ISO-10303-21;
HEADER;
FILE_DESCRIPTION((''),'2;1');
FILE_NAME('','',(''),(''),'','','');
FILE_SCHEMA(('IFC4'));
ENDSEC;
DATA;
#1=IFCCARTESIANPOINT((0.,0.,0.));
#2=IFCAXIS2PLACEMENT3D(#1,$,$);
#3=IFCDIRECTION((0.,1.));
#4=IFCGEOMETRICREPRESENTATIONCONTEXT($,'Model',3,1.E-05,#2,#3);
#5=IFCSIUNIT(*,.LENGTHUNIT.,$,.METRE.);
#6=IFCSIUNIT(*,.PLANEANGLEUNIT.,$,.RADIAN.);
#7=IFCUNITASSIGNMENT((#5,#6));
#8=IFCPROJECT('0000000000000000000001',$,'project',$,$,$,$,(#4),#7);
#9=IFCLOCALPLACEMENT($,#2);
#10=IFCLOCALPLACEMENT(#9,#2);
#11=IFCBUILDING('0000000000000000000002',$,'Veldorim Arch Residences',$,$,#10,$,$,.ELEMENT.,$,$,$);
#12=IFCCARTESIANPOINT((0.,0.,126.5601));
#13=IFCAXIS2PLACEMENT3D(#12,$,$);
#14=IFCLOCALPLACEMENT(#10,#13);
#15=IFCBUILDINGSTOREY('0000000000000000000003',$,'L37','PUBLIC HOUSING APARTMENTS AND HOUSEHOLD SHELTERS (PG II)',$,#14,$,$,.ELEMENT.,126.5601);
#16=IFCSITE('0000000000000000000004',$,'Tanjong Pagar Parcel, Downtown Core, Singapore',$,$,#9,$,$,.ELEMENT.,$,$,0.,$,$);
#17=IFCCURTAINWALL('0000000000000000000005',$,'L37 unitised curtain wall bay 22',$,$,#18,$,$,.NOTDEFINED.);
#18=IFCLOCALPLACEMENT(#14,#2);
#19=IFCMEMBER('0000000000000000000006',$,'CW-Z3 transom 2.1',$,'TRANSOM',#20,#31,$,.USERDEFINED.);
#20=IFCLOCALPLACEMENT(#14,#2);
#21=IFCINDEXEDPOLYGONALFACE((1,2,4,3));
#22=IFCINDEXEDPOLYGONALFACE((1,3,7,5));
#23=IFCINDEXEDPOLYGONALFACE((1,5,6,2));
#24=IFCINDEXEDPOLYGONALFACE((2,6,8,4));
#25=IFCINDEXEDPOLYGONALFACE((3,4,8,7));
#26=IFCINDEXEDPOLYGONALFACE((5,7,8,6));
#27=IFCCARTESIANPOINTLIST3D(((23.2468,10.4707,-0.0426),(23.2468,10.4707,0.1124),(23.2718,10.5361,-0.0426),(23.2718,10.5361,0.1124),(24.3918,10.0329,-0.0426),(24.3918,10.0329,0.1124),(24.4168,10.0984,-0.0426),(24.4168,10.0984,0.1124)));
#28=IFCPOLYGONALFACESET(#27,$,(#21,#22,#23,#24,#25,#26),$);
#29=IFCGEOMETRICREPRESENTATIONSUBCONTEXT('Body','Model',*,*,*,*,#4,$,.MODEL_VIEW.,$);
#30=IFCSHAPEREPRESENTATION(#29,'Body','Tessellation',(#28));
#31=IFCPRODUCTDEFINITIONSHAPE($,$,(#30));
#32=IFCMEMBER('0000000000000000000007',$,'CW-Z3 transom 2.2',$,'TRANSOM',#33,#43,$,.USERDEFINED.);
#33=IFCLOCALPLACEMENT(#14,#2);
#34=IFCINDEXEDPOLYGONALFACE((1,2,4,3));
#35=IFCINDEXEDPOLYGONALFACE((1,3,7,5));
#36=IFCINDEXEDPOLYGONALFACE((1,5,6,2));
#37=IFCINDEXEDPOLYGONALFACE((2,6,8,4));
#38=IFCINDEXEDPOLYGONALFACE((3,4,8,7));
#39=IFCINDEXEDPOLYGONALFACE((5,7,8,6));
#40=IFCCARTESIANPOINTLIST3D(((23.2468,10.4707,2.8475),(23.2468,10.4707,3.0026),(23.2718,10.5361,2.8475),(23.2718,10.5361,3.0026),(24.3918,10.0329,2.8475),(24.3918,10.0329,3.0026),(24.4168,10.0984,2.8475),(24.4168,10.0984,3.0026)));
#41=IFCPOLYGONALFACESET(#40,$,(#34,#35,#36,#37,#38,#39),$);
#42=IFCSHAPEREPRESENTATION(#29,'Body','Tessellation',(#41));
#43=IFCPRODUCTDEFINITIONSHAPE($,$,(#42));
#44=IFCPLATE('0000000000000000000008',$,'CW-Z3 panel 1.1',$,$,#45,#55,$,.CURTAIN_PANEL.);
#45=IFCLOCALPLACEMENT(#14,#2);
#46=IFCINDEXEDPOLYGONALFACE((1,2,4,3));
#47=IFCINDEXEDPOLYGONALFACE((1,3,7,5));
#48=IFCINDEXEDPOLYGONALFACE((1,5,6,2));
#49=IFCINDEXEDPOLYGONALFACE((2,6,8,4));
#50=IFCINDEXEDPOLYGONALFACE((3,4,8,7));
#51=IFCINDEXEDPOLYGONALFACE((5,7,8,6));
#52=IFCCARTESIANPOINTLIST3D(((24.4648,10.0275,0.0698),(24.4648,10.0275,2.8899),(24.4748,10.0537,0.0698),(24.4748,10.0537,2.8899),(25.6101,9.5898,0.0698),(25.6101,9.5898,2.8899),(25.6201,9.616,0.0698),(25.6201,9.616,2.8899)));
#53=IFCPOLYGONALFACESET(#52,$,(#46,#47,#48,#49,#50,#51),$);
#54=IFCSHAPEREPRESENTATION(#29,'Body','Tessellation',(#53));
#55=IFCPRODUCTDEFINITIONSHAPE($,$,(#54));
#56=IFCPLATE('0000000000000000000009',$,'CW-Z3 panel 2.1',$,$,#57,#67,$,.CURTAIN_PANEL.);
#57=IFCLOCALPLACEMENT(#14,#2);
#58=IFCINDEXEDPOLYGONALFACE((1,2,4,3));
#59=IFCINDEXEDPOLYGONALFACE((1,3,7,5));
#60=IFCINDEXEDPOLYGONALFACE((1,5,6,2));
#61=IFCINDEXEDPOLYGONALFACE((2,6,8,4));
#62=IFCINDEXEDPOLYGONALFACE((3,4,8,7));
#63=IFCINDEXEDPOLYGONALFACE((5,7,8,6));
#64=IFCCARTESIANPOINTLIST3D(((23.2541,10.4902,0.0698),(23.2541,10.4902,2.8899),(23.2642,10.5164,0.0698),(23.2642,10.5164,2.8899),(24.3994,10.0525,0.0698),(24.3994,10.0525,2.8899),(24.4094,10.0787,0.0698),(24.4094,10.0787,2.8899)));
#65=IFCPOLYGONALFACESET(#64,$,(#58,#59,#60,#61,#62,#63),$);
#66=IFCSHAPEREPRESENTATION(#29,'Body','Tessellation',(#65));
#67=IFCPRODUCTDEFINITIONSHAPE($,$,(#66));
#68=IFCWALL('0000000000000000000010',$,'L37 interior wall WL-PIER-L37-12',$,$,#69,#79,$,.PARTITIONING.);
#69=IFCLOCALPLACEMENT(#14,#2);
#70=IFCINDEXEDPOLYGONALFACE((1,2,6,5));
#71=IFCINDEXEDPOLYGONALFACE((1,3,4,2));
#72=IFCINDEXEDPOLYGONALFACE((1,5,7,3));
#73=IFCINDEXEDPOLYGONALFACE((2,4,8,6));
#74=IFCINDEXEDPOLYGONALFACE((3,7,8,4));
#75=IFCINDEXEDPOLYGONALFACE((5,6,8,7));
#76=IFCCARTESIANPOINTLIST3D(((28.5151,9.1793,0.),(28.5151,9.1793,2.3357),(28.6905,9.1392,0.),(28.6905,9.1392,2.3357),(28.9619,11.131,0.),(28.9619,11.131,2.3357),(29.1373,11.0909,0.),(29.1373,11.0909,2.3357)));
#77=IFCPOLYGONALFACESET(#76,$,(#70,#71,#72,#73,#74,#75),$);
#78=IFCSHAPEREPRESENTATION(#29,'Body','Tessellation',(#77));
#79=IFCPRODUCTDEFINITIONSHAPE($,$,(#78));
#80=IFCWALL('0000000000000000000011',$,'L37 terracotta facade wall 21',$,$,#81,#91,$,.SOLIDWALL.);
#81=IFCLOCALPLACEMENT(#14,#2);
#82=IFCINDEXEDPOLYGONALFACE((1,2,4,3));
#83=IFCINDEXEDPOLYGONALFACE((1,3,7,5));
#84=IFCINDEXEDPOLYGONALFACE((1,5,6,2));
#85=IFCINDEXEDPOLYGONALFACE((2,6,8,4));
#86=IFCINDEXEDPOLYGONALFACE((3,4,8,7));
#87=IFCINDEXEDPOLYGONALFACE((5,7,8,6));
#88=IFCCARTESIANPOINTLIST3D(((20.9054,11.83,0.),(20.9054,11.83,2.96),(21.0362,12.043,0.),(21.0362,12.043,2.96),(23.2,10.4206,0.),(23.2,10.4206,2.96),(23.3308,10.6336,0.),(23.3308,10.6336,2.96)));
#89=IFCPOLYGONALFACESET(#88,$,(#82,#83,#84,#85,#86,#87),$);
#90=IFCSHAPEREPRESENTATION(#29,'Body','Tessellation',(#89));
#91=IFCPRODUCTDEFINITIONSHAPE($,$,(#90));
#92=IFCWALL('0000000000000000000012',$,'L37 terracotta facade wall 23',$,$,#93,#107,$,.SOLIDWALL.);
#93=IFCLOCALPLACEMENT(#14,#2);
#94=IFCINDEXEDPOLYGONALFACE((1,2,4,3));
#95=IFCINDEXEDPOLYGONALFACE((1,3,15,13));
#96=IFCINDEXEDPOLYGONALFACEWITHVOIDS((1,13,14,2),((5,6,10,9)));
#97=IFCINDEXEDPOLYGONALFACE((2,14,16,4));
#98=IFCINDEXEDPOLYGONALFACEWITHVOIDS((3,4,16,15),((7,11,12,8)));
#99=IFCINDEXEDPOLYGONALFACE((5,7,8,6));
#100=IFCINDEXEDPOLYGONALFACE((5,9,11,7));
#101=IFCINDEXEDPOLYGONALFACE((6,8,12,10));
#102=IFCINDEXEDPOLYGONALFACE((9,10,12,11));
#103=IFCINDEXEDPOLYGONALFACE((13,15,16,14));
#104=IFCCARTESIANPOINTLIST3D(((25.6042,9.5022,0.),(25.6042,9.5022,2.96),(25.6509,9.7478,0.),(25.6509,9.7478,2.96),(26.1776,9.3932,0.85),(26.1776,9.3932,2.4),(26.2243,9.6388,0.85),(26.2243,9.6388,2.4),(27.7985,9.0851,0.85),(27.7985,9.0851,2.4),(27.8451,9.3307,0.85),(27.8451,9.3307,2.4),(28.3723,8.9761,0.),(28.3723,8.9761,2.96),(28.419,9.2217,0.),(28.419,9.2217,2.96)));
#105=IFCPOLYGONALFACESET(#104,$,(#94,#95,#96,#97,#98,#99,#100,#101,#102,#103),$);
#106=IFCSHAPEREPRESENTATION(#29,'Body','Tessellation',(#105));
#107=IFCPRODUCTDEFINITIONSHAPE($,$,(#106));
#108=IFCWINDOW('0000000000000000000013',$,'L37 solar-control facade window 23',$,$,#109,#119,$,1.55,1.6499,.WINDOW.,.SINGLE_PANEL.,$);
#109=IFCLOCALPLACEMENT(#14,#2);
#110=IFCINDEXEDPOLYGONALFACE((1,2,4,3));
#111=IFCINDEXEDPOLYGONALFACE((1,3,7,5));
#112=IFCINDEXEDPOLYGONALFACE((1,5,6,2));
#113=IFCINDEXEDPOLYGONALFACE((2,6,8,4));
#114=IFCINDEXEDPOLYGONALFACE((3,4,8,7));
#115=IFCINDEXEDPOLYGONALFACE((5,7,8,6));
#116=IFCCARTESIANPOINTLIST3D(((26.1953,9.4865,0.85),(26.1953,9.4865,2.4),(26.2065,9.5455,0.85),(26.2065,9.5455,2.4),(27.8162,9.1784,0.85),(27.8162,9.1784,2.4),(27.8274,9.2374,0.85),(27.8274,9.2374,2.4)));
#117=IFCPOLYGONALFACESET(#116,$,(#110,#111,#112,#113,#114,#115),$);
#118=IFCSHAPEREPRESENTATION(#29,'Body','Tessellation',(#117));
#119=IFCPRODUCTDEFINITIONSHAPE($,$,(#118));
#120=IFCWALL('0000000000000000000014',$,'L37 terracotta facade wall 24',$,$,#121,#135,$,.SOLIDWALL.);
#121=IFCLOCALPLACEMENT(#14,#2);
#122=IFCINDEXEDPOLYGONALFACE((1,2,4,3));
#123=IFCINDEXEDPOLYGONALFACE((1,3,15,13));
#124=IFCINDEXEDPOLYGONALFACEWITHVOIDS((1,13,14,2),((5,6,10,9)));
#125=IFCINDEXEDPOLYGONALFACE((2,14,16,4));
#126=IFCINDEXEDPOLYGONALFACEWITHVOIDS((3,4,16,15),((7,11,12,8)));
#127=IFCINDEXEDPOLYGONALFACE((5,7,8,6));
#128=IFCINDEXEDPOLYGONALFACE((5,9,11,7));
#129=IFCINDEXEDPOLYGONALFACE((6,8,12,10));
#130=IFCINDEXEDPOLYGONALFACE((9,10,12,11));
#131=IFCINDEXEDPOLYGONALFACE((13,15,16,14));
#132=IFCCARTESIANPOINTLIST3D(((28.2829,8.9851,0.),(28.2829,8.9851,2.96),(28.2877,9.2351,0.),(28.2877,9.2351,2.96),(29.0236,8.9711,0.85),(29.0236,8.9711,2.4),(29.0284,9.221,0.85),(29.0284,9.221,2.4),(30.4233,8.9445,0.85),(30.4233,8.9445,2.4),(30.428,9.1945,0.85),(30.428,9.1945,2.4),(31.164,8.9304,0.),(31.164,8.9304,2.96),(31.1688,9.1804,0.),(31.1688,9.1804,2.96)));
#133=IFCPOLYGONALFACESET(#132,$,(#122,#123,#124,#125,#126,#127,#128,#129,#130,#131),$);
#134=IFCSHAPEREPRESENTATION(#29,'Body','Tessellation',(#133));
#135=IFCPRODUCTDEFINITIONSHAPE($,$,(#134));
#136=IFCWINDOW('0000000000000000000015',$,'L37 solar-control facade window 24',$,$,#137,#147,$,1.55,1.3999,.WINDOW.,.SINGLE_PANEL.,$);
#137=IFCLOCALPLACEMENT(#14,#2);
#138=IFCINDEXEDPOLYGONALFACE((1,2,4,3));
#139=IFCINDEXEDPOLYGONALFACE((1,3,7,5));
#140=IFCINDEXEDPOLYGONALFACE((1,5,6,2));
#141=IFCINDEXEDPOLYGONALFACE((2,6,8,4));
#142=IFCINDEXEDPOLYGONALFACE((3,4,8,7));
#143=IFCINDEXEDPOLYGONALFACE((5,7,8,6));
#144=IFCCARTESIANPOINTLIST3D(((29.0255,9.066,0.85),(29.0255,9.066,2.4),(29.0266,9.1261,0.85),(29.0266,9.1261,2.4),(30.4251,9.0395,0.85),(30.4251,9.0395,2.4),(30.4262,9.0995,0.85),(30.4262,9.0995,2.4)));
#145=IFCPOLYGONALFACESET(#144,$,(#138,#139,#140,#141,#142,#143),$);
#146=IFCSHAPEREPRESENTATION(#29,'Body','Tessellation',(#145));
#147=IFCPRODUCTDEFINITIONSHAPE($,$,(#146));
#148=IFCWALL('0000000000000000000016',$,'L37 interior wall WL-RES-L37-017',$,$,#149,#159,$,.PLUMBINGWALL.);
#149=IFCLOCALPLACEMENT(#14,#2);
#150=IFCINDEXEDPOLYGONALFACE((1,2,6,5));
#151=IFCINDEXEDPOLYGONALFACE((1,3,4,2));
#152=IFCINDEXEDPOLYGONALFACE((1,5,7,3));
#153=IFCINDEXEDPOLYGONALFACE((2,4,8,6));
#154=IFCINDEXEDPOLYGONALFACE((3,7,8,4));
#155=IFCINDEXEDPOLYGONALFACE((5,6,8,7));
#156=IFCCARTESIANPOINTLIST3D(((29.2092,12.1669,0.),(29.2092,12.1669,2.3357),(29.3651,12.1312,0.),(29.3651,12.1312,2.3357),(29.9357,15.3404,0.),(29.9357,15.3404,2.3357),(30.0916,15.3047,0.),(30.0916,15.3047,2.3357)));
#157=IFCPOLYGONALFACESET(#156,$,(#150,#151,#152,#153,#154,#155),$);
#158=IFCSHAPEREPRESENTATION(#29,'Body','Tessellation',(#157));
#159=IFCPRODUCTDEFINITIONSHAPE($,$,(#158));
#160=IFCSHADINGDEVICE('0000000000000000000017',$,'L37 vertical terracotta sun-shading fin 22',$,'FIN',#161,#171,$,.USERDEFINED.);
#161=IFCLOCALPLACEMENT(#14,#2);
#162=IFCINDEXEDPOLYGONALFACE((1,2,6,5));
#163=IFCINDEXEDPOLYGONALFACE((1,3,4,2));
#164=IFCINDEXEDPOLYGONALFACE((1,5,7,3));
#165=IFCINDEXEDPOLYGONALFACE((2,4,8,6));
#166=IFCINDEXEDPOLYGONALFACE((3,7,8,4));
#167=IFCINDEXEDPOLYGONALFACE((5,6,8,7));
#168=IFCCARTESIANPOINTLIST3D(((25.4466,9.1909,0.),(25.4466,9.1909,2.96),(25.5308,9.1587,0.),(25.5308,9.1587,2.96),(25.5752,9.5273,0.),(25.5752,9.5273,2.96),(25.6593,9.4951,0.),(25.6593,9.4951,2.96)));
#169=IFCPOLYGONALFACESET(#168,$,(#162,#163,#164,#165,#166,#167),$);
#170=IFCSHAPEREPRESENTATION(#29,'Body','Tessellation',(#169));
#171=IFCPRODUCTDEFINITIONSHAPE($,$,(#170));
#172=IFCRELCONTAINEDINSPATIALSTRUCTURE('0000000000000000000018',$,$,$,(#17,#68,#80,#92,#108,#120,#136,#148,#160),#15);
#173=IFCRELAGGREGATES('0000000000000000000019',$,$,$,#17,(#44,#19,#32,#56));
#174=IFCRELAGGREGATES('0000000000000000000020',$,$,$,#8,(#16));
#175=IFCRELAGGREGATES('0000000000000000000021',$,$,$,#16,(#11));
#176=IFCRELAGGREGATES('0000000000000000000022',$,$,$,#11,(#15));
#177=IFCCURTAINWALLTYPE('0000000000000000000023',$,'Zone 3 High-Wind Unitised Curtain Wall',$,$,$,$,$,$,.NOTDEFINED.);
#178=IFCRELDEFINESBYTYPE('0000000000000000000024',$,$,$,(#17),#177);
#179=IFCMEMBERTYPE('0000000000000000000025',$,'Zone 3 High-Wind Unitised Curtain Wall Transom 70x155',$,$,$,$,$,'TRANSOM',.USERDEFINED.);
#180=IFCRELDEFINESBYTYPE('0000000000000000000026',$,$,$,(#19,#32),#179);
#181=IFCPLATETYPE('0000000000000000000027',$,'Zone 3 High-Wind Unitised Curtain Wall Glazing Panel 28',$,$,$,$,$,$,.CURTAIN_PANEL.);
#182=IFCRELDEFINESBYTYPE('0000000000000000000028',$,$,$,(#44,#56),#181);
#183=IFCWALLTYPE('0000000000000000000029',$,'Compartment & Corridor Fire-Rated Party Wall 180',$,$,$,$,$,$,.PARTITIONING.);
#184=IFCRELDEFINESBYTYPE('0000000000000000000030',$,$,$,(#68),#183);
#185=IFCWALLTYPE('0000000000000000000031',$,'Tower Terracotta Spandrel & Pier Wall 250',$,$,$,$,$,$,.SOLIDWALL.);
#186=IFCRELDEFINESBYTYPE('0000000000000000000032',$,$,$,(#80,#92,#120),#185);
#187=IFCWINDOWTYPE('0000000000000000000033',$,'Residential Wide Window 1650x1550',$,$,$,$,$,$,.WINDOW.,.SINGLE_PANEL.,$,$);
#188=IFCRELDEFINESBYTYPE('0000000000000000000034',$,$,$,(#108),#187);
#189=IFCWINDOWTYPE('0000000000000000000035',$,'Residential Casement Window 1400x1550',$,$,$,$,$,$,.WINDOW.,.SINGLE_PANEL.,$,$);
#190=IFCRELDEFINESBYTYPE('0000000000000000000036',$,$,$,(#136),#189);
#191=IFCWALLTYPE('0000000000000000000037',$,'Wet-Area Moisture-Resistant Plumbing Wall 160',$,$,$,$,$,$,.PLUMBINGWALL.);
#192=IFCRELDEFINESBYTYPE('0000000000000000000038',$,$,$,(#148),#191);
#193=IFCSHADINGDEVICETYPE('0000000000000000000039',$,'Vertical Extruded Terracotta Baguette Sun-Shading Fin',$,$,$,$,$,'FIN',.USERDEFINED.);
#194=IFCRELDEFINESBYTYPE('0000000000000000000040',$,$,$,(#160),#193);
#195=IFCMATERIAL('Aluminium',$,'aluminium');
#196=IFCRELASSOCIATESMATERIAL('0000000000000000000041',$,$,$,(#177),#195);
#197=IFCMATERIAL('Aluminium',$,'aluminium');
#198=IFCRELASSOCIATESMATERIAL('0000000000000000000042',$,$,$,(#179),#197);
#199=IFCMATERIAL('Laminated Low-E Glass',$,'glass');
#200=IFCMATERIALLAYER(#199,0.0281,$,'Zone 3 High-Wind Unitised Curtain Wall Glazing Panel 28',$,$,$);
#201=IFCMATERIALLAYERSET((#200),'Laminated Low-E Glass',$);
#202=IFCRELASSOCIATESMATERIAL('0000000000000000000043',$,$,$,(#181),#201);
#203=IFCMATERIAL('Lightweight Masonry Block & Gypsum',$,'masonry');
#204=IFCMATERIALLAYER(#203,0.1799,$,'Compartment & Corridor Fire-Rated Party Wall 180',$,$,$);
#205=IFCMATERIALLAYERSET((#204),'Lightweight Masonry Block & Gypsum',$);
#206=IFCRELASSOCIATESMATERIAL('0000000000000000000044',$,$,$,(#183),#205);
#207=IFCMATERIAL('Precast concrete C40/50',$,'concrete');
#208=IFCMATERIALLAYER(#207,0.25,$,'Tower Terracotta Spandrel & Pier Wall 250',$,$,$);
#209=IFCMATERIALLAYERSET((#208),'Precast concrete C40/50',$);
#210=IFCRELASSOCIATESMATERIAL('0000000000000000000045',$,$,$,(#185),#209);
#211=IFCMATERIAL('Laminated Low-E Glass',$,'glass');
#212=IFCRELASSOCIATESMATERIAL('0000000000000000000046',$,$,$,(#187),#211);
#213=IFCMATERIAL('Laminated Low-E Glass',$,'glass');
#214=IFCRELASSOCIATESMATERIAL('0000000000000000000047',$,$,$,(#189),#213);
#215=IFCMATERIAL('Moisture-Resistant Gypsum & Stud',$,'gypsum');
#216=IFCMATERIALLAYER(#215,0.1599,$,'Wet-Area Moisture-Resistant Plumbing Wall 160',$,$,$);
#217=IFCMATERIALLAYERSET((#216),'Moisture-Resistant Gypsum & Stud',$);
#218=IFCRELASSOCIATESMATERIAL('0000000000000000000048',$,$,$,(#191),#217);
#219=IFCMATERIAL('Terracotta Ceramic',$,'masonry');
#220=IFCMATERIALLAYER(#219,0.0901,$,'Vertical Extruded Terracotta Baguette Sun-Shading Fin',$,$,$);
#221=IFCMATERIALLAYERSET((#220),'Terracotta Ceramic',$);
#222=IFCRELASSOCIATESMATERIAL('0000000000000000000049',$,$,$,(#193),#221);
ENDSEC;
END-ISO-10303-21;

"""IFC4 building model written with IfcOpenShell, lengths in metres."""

from ifc_helpers import new_model, si_unit, direction, frame, frame_2d, origin, origin_2d, place, context, subcontext, project, spatial, rectangle, extrude, material, layer, layer_set, material_profile, profile_set, type_object, element, fill, aggregate, save


model = new_model("IFC4")

# Units and contexts
model_context = context("Model", 3, precision=1e-05, world=origin(), true_north=direction((0.0, 1.0)))
body_context = subcontext(model_context, "Body", "Model", "MODEL_VIEW")
ifc_project = project(units=[si_unit("LENGTHUNIT", "METRE"), si_unit("PLANEANGLEUNIT", "RADIAN")], contexts=[model_context])

# Site, building, storey
site_placement = place(None, origin())
site = spatial("IfcSite", under=ifc_project, at=site_placement, Name="Tanjong Pagar Parcel, Downtown Core, Singapore", CompositionType="ELEMENT", RefElevation=0.0)
building_placement = place(site_placement, origin())
building = spatial("IfcBuilding", under=site, at=building_placement, Name="Veldorim Arch Residences", CompositionType="ELEMENT")
storey_placement = place(building_placement, frame((0.0, 0.0, 126.5601)))
storey = spatial("IfcBuildingStorey", under=building, at=storey_placement, Name="L37", Description="PUBLIC HOUSING APARTMENTS AND HOUSEHOLD SHELTERS (PG II)", CompositionType="ELEMENT", Elevation=126.5601)

# Curtain wall, members, plates
ifc_material_1 = material(Name="Aluminium", Category="aluminium")
curtain_wall_type = type_object("IfcCurtainWallType", Name="Zone 3 High-Wind Unitised Curtain Wall", PredefinedType="NOTDEFINED", material=ifc_material_1)
curtain_wall_placement = place(storey_placement, origin())
curtain_wall = element("IfcCurtainWall", 1, at=curtain_wall_placement, inside=storey, type_object=curtain_wall_type, Name="L37 unitised curtain wall bay 22", PredefinedType="NOTDEFINED")
ifc_material_2 = material(Name="Aluminium", Category="aluminium")
ifc_material_profile_1 = material_profile(ifc_material_2, rectangle(XDim=0.0701, YDim=0.155, at=origin_2d()), Name="ALU_TRN_70x155")
ifc_profile_set_1 = profile_set([ifc_material_profile_1], Name="Aluminium")
member_type_1 = type_object("IfcMemberType", Name="Zone 3 High-Wind Unitised Curtain Wall Transom 70x155", ElementType="TRANSOM", PredefinedType="USERDEFINED", material=ifc_profile_set_1)
member_1_placement = place(storey_placement, frame((24.4043, 10.0657, 0.0349), z_axis=(-0.934067, 0.357097, 0.0), x_axis=(-0.357097, -0.934067, 0.0)))
member_1 = element("IfcMember", 2, at=member_1_placement, type_object=member_type_1, Name="CW-Z3 transom 2.1", ObjectType="TRANSOM", PredefinedType="USERDEFINED", context=body_context, shape_type="SweptSolid", body=[
    extrude(rectangle(XDim=0.0701, YDim=0.155, at=origin_2d()), origin(), (0.0, 0.0, 1.0), 1.2258),
])
member_2_placement = place(storey_placement, frame((24.4043, 10.0657, 2.925), z_axis=(-0.934067, 0.357097, 0.0), x_axis=(-0.357097, -0.934067, 0.0)))
member_2 = element("IfcMember", 3, at=member_2_placement, type_object=member_type_1, Name="CW-Z3 transom 2.2", ObjectType="TRANSOM", PredefinedType="USERDEFINED", context=body_context, shape_type="SweptSolid", body=[
    extrude(rectangle(XDim=0.0701, YDim=0.155, at=origin_2d()), origin(), (0.0, 0.0, 1.0), 1.2258),
])
ifc_material_3 = material(Name="Laminated Low-E Glass", Category="glass")
ifc_layer_1 = layer(ifc_material_3, 0.0281, Name="Zone 3 High-Wind Unitised Curtain Wall Glazing Panel 28")
ifc_layer_set_1 = layer_set([ifc_layer_1], Name="Laminated Low-E Glass")
plate_type = type_object("IfcPlateType", Name="Zone 3 High-Wind Unitised Curtain Wall Glazing Panel 28", PredefinedType="CURTAIN_PANEL", material=ifc_layer_set_1)
plate_1_placement = place(storey_placement, frame((25.0425, 9.8218, 0.0698), z_axis=(0.0, 0.0, 1.0), x_axis=(-0.934109, 0.356987, 0.0)))
plate_1 = element("IfcPlate", 4, at=plate_1_placement, type_object=plate_type, Name="CW-Z3 panel 1.1", PredefinedType="CURTAIN_PANEL", context=body_context, shape_type="SweptSolid", body=[
    extrude(rectangle(XDim=1.2261, YDim=0.0281, at=origin_2d()), origin(), (0.0, 0.0, 1.0), 2.8201),
])
plate_2_placement = place(storey_placement, frame((23.8318, 10.2844, 0.0698), z_axis=(0.0, 0.0, 1.0), x_axis=(-0.934109, 0.356987, 0.0)))
plate_2 = element("IfcPlate", 5, at=plate_2_placement, type_object=plate_type, Name="CW-Z3 panel 2.1", PredefinedType="CURTAIN_PANEL", context=body_context, shape_type="SweptSolid", body=[
    extrude(rectangle(XDim=1.2261, YDim=0.0281, at=origin_2d()), origin(), (0.0, 0.0, 1.0), 2.8201),
])
aggregate(curtain_wall, [plate_1, member_1, member_2, plate_2])

# Walls
ifc_material_4 = material(Name="Lightweight Masonry Block & Gypsum", Category="masonry")
ifc_layer_2 = layer(ifc_material_4, 0.1799, Name="Compartment & Corridor Fire-Rated Party Wall 180")
ifc_layer_set_2 = layer_set([ifc_layer_2], Name="Lightweight Masonry Block & Gypsum")
wall_type_1 = type_object("IfcWallType", Name="Compartment & Corridor Fire-Rated Party Wall 180", PredefinedType="PARTITIONING", material=ifc_layer_set_2)
wall_1_placement = place(storey_placement, frame((29.0496, 11.1108, 0.0), z_axis=(0.0, 0.0, 1.0), x_axis=(-0.223149, -0.974784, 0.0)))
element("IfcWall", 6, at=wall_1_placement, inside=storey, type_object=wall_type_1, Name="L37 interior wall WL-PIER-L37-12", PredefinedType="PARTITIONING", context=body_context, shape_type="SweptSolid", body=[
    extrude(rectangle(XDim=2.0022, YDim=0.1799, at=frame_2d((1.001, 0.0))), origin(), (0.0, 0.0, 1.0), 2.3357),
])
ifc_material_5 = material(Name="Precast concrete C40/50", Category="concrete")
ifc_layer_3 = layer(ifc_material_5, 0.25, Name="Tower Terracotta Spandrel & Pier Wall 250")
ifc_layer_set_3 = layer_set([ifc_layer_3], Name="Precast concrete C40/50")
wall_type_2 = type_object("IfcWallType", Name="Tower Terracotta Spandrel & Pier Wall 250", PredefinedType="SOLIDWALL", material=ifc_layer_set_3)
wall_2_placement = place(storey_placement, frame((23.2654, 10.5271, 0.0), z_axis=(0.0, 0.0, 1.0), x_axis=(-0.852103, 0.523374, 0.0)))
element("IfcWall", 7, at=wall_2_placement, inside=storey, type_object=wall_type_2, Name="L37 terracotta facade wall 21", PredefinedType="SOLIDWALL", context=body_context, shape_type="SweptSolid", body=[
    extrude(rectangle(XDim=2.6929, YDim=0.25, at=frame_2d((1.3464, 0.0))), origin(), (0.0, 0.0, 1.0), 2.96),
])

# Walls, openings, windows
wall_3_placement = place(storey_placement, frame((28.3955, 9.0989, 0.0), z_axis=(0.0, 0.0, 1.0), x_axis=(-0.982412, 0.186726, 0.0)))
wall_3 = element("IfcWall", 8, at=wall_3_placement, inside=storey, type_object=wall_type_2, Name="L37 terracotta facade wall 23", PredefinedType="SOLIDWALL", context=body_context, shape_type="SweptSolid", body=[
    extrude(rectangle(XDim=2.8176, YDim=0.25, at=frame_2d((1.4087, 0.0))), origin(), (0.0, 0.0, 1.0), 2.96),
])
opening_1_placement = place(wall_3_placement, frame((0.584, 0.0, 0.8501)))
opening_1 = element("IfcOpeningElement", 9, at=opening_1_placement, cuts=wall_3, PredefinedType="OPENING", context=body_context, shape_type="SweptSolid", body=[
    extrude(rectangle(XDim=1.6499, YDim=1.55, at=frame_2d((0.825, 0.7749))), frame((0.0, 0.135, 0.0), z_axis=(0.0, -1.0, 0.0), x_axis=(1.0, 0.0, 0.0)), (0.0, 0.0, 1.0), 0.27),
])
ifc_material_6 = material(Name="Laminated Low-E Glass", Category="glass")
window_type_1 = type_object("IfcWindowType", Name="Residential Wide Window 1650x1550", PartitioningType="SINGLE_PANEL", PredefinedType="WINDOW", material=ifc_material_6)
window_1_placement = place(opening_1_placement, origin())
window_1 = element("IfcWindow", 10, at=window_1_placement, inside=storey, type_object=window_type_1, Name="L37 solar-control facade window 23", OverallHeight=1.55, OverallWidth=1.6499, PartitioningType="SINGLE_PANEL", PredefinedType="WINDOW", context=body_context, shape_type="SweptSolid", body=[
    extrude(rectangle(XDim=1.6499, YDim=1.55, at=frame_2d((0.825, 0.7749))), frame((0.0, 0.03, 0.0), z_axis=(0.0, -1.0, 0.0), x_axis=(1.0, 0.0, 0.0)), (0.0, 0.0, 1.0), 0.0601),
])
fill(opening_1, window_1)
wall_4_placement = place(storey_placement, frame((31.1665, 9.0554, 0.0), z_axis=(0.0, 0.0, 1.0), x_axis=(-0.99982, 0.018978, 0.0)))
wall_4 = element("IfcWall", 11, at=wall_4_placement, inside=storey, type_object=wall_type_2, Name="L37 terracotta facade wall 24", PredefinedType="SOLIDWALL", context=body_context, shape_type="SweptSolid", body=[
    extrude(rectangle(XDim=2.8816, YDim=0.25, at=frame_2d((1.4409, 0.0))), origin(), (0.0, 0.0, 1.0), 2.96),
])
opening_2_placement = place(wall_4_placement, frame((0.741, 0.0, 0.8501)))
opening_2 = element("IfcOpeningElement", 12, at=opening_2_placement, cuts=wall_4, PredefinedType="OPENING", context=body_context, shape_type="SweptSolid", body=[
    extrude(rectangle(XDim=1.3999, YDim=1.55, at=frame_2d((0.7, 0.7749))), frame((0.0, 0.135, 0.0), z_axis=(0.0, -1.0, 0.0), x_axis=(1.0, 0.0, 0.0)), (0.0, 0.0, 1.0), 0.27),
])
ifc_material_7 = material(Name="Laminated Low-E Glass", Category="glass")
window_type_2 = type_object("IfcWindowType", Name="Residential Casement Window 1400x1550", PartitioningType="SINGLE_PANEL", PredefinedType="WINDOW", material=ifc_material_7)
window_2_placement = place(opening_2_placement, origin())
window_2 = element("IfcWindow", 13, at=window_2_placement, inside=storey, type_object=window_type_2, Name="L37 solar-control facade window 24", OverallHeight=1.55, OverallWidth=1.3999, PartitioningType="SINGLE_PANEL", PredefinedType="WINDOW", context=body_context, shape_type="SweptSolid", body=[
    extrude(rectangle(XDim=1.3999, YDim=1.55, at=frame_2d((0.7, 0.7749))), frame((0.0, 0.03, 0.0), z_axis=(0.0, -1.0, 0.0), x_axis=(1.0, 0.0, 0.0)), (0.0, 0.0, 1.0), 0.0601),
])
fill(opening_2, window_2)

# Wall
ifc_material_8 = material(Name="Moisture-Resistant Gypsum & Stud", Category="gypsum")
ifc_layer_4 = layer(ifc_material_8, 0.1599, Name="Wet-Area Moisture-Resistant Plumbing Wall 160")
ifc_layer_set_4 = layer_set([ifc_layer_4], Name="Moisture-Resistant Gypsum & Stud")
wall_type_3 = type_object("IfcWallType", Name="Wet-Area Moisture-Resistant Plumbing Wall 160", PredefinedType="PLUMBINGWALL", material=ifc_layer_set_4)
wall_5_placement = place(storey_placement, frame((29.2871, 12.1489, 0.0), z_axis=(0.0, 0.0, 1.0), x_axis=(0.223167, 0.97478, 0.0)))
element("IfcWall", 14, at=wall_5_placement, inside=storey, type_object=wall_type_3, Name="L37 interior wall WL-RES-L37-017", PredefinedType="PLUMBINGWALL", context=body_context, shape_type="SweptSolid", body=[
    extrude(rectangle(XDim=3.2556, YDim=0.1599, at=frame_2d((1.6279, 0.0))), origin(), (0.0, 0.0, 1.0), 2.3357),
])

# Shading device
ifc_material_9 = material(Name="Terracotta Ceramic", Category="masonry")
ifc_layer_5 = layer(ifc_material_9, 0.0901, Name="Vertical Extruded Terracotta Baguette Sun-Shading Fin")
ifc_layer_set_5 = layer_set([ifc_layer_5], Name="Terracotta Ceramic")
shading_device_type = type_object("IfcShadingDeviceType", Name="Vertical Extruded Terracotta Baguette Sun-Shading Fin", ElementType="FIN", PredefinedType="USERDEFINED", material=ifc_layer_set_5)
shading_device_placement = place(storey_placement, frame((25.553, 9.343, 0.0), z_axis=(0.0, 0.0, 1.0), x_axis=(-0.93408, 0.357064, 0.0)))
element("IfcShadingDevice", 15, at=shading_device_placement, inside=storey, type_object=shading_device_type, Name="L37 vertical terracotta sun-shading fin 22", ObjectType="FIN", PredefinedType="USERDEFINED", context=body_context, shape_type="SweptSolid", body=[
    extrude(rectangle(XDim=0.0901, YDim=0.3601, at=origin_2d()), origin(), (0.0, 0.0, 1.0), 2.96),
])

save(model, "model.ifc")
